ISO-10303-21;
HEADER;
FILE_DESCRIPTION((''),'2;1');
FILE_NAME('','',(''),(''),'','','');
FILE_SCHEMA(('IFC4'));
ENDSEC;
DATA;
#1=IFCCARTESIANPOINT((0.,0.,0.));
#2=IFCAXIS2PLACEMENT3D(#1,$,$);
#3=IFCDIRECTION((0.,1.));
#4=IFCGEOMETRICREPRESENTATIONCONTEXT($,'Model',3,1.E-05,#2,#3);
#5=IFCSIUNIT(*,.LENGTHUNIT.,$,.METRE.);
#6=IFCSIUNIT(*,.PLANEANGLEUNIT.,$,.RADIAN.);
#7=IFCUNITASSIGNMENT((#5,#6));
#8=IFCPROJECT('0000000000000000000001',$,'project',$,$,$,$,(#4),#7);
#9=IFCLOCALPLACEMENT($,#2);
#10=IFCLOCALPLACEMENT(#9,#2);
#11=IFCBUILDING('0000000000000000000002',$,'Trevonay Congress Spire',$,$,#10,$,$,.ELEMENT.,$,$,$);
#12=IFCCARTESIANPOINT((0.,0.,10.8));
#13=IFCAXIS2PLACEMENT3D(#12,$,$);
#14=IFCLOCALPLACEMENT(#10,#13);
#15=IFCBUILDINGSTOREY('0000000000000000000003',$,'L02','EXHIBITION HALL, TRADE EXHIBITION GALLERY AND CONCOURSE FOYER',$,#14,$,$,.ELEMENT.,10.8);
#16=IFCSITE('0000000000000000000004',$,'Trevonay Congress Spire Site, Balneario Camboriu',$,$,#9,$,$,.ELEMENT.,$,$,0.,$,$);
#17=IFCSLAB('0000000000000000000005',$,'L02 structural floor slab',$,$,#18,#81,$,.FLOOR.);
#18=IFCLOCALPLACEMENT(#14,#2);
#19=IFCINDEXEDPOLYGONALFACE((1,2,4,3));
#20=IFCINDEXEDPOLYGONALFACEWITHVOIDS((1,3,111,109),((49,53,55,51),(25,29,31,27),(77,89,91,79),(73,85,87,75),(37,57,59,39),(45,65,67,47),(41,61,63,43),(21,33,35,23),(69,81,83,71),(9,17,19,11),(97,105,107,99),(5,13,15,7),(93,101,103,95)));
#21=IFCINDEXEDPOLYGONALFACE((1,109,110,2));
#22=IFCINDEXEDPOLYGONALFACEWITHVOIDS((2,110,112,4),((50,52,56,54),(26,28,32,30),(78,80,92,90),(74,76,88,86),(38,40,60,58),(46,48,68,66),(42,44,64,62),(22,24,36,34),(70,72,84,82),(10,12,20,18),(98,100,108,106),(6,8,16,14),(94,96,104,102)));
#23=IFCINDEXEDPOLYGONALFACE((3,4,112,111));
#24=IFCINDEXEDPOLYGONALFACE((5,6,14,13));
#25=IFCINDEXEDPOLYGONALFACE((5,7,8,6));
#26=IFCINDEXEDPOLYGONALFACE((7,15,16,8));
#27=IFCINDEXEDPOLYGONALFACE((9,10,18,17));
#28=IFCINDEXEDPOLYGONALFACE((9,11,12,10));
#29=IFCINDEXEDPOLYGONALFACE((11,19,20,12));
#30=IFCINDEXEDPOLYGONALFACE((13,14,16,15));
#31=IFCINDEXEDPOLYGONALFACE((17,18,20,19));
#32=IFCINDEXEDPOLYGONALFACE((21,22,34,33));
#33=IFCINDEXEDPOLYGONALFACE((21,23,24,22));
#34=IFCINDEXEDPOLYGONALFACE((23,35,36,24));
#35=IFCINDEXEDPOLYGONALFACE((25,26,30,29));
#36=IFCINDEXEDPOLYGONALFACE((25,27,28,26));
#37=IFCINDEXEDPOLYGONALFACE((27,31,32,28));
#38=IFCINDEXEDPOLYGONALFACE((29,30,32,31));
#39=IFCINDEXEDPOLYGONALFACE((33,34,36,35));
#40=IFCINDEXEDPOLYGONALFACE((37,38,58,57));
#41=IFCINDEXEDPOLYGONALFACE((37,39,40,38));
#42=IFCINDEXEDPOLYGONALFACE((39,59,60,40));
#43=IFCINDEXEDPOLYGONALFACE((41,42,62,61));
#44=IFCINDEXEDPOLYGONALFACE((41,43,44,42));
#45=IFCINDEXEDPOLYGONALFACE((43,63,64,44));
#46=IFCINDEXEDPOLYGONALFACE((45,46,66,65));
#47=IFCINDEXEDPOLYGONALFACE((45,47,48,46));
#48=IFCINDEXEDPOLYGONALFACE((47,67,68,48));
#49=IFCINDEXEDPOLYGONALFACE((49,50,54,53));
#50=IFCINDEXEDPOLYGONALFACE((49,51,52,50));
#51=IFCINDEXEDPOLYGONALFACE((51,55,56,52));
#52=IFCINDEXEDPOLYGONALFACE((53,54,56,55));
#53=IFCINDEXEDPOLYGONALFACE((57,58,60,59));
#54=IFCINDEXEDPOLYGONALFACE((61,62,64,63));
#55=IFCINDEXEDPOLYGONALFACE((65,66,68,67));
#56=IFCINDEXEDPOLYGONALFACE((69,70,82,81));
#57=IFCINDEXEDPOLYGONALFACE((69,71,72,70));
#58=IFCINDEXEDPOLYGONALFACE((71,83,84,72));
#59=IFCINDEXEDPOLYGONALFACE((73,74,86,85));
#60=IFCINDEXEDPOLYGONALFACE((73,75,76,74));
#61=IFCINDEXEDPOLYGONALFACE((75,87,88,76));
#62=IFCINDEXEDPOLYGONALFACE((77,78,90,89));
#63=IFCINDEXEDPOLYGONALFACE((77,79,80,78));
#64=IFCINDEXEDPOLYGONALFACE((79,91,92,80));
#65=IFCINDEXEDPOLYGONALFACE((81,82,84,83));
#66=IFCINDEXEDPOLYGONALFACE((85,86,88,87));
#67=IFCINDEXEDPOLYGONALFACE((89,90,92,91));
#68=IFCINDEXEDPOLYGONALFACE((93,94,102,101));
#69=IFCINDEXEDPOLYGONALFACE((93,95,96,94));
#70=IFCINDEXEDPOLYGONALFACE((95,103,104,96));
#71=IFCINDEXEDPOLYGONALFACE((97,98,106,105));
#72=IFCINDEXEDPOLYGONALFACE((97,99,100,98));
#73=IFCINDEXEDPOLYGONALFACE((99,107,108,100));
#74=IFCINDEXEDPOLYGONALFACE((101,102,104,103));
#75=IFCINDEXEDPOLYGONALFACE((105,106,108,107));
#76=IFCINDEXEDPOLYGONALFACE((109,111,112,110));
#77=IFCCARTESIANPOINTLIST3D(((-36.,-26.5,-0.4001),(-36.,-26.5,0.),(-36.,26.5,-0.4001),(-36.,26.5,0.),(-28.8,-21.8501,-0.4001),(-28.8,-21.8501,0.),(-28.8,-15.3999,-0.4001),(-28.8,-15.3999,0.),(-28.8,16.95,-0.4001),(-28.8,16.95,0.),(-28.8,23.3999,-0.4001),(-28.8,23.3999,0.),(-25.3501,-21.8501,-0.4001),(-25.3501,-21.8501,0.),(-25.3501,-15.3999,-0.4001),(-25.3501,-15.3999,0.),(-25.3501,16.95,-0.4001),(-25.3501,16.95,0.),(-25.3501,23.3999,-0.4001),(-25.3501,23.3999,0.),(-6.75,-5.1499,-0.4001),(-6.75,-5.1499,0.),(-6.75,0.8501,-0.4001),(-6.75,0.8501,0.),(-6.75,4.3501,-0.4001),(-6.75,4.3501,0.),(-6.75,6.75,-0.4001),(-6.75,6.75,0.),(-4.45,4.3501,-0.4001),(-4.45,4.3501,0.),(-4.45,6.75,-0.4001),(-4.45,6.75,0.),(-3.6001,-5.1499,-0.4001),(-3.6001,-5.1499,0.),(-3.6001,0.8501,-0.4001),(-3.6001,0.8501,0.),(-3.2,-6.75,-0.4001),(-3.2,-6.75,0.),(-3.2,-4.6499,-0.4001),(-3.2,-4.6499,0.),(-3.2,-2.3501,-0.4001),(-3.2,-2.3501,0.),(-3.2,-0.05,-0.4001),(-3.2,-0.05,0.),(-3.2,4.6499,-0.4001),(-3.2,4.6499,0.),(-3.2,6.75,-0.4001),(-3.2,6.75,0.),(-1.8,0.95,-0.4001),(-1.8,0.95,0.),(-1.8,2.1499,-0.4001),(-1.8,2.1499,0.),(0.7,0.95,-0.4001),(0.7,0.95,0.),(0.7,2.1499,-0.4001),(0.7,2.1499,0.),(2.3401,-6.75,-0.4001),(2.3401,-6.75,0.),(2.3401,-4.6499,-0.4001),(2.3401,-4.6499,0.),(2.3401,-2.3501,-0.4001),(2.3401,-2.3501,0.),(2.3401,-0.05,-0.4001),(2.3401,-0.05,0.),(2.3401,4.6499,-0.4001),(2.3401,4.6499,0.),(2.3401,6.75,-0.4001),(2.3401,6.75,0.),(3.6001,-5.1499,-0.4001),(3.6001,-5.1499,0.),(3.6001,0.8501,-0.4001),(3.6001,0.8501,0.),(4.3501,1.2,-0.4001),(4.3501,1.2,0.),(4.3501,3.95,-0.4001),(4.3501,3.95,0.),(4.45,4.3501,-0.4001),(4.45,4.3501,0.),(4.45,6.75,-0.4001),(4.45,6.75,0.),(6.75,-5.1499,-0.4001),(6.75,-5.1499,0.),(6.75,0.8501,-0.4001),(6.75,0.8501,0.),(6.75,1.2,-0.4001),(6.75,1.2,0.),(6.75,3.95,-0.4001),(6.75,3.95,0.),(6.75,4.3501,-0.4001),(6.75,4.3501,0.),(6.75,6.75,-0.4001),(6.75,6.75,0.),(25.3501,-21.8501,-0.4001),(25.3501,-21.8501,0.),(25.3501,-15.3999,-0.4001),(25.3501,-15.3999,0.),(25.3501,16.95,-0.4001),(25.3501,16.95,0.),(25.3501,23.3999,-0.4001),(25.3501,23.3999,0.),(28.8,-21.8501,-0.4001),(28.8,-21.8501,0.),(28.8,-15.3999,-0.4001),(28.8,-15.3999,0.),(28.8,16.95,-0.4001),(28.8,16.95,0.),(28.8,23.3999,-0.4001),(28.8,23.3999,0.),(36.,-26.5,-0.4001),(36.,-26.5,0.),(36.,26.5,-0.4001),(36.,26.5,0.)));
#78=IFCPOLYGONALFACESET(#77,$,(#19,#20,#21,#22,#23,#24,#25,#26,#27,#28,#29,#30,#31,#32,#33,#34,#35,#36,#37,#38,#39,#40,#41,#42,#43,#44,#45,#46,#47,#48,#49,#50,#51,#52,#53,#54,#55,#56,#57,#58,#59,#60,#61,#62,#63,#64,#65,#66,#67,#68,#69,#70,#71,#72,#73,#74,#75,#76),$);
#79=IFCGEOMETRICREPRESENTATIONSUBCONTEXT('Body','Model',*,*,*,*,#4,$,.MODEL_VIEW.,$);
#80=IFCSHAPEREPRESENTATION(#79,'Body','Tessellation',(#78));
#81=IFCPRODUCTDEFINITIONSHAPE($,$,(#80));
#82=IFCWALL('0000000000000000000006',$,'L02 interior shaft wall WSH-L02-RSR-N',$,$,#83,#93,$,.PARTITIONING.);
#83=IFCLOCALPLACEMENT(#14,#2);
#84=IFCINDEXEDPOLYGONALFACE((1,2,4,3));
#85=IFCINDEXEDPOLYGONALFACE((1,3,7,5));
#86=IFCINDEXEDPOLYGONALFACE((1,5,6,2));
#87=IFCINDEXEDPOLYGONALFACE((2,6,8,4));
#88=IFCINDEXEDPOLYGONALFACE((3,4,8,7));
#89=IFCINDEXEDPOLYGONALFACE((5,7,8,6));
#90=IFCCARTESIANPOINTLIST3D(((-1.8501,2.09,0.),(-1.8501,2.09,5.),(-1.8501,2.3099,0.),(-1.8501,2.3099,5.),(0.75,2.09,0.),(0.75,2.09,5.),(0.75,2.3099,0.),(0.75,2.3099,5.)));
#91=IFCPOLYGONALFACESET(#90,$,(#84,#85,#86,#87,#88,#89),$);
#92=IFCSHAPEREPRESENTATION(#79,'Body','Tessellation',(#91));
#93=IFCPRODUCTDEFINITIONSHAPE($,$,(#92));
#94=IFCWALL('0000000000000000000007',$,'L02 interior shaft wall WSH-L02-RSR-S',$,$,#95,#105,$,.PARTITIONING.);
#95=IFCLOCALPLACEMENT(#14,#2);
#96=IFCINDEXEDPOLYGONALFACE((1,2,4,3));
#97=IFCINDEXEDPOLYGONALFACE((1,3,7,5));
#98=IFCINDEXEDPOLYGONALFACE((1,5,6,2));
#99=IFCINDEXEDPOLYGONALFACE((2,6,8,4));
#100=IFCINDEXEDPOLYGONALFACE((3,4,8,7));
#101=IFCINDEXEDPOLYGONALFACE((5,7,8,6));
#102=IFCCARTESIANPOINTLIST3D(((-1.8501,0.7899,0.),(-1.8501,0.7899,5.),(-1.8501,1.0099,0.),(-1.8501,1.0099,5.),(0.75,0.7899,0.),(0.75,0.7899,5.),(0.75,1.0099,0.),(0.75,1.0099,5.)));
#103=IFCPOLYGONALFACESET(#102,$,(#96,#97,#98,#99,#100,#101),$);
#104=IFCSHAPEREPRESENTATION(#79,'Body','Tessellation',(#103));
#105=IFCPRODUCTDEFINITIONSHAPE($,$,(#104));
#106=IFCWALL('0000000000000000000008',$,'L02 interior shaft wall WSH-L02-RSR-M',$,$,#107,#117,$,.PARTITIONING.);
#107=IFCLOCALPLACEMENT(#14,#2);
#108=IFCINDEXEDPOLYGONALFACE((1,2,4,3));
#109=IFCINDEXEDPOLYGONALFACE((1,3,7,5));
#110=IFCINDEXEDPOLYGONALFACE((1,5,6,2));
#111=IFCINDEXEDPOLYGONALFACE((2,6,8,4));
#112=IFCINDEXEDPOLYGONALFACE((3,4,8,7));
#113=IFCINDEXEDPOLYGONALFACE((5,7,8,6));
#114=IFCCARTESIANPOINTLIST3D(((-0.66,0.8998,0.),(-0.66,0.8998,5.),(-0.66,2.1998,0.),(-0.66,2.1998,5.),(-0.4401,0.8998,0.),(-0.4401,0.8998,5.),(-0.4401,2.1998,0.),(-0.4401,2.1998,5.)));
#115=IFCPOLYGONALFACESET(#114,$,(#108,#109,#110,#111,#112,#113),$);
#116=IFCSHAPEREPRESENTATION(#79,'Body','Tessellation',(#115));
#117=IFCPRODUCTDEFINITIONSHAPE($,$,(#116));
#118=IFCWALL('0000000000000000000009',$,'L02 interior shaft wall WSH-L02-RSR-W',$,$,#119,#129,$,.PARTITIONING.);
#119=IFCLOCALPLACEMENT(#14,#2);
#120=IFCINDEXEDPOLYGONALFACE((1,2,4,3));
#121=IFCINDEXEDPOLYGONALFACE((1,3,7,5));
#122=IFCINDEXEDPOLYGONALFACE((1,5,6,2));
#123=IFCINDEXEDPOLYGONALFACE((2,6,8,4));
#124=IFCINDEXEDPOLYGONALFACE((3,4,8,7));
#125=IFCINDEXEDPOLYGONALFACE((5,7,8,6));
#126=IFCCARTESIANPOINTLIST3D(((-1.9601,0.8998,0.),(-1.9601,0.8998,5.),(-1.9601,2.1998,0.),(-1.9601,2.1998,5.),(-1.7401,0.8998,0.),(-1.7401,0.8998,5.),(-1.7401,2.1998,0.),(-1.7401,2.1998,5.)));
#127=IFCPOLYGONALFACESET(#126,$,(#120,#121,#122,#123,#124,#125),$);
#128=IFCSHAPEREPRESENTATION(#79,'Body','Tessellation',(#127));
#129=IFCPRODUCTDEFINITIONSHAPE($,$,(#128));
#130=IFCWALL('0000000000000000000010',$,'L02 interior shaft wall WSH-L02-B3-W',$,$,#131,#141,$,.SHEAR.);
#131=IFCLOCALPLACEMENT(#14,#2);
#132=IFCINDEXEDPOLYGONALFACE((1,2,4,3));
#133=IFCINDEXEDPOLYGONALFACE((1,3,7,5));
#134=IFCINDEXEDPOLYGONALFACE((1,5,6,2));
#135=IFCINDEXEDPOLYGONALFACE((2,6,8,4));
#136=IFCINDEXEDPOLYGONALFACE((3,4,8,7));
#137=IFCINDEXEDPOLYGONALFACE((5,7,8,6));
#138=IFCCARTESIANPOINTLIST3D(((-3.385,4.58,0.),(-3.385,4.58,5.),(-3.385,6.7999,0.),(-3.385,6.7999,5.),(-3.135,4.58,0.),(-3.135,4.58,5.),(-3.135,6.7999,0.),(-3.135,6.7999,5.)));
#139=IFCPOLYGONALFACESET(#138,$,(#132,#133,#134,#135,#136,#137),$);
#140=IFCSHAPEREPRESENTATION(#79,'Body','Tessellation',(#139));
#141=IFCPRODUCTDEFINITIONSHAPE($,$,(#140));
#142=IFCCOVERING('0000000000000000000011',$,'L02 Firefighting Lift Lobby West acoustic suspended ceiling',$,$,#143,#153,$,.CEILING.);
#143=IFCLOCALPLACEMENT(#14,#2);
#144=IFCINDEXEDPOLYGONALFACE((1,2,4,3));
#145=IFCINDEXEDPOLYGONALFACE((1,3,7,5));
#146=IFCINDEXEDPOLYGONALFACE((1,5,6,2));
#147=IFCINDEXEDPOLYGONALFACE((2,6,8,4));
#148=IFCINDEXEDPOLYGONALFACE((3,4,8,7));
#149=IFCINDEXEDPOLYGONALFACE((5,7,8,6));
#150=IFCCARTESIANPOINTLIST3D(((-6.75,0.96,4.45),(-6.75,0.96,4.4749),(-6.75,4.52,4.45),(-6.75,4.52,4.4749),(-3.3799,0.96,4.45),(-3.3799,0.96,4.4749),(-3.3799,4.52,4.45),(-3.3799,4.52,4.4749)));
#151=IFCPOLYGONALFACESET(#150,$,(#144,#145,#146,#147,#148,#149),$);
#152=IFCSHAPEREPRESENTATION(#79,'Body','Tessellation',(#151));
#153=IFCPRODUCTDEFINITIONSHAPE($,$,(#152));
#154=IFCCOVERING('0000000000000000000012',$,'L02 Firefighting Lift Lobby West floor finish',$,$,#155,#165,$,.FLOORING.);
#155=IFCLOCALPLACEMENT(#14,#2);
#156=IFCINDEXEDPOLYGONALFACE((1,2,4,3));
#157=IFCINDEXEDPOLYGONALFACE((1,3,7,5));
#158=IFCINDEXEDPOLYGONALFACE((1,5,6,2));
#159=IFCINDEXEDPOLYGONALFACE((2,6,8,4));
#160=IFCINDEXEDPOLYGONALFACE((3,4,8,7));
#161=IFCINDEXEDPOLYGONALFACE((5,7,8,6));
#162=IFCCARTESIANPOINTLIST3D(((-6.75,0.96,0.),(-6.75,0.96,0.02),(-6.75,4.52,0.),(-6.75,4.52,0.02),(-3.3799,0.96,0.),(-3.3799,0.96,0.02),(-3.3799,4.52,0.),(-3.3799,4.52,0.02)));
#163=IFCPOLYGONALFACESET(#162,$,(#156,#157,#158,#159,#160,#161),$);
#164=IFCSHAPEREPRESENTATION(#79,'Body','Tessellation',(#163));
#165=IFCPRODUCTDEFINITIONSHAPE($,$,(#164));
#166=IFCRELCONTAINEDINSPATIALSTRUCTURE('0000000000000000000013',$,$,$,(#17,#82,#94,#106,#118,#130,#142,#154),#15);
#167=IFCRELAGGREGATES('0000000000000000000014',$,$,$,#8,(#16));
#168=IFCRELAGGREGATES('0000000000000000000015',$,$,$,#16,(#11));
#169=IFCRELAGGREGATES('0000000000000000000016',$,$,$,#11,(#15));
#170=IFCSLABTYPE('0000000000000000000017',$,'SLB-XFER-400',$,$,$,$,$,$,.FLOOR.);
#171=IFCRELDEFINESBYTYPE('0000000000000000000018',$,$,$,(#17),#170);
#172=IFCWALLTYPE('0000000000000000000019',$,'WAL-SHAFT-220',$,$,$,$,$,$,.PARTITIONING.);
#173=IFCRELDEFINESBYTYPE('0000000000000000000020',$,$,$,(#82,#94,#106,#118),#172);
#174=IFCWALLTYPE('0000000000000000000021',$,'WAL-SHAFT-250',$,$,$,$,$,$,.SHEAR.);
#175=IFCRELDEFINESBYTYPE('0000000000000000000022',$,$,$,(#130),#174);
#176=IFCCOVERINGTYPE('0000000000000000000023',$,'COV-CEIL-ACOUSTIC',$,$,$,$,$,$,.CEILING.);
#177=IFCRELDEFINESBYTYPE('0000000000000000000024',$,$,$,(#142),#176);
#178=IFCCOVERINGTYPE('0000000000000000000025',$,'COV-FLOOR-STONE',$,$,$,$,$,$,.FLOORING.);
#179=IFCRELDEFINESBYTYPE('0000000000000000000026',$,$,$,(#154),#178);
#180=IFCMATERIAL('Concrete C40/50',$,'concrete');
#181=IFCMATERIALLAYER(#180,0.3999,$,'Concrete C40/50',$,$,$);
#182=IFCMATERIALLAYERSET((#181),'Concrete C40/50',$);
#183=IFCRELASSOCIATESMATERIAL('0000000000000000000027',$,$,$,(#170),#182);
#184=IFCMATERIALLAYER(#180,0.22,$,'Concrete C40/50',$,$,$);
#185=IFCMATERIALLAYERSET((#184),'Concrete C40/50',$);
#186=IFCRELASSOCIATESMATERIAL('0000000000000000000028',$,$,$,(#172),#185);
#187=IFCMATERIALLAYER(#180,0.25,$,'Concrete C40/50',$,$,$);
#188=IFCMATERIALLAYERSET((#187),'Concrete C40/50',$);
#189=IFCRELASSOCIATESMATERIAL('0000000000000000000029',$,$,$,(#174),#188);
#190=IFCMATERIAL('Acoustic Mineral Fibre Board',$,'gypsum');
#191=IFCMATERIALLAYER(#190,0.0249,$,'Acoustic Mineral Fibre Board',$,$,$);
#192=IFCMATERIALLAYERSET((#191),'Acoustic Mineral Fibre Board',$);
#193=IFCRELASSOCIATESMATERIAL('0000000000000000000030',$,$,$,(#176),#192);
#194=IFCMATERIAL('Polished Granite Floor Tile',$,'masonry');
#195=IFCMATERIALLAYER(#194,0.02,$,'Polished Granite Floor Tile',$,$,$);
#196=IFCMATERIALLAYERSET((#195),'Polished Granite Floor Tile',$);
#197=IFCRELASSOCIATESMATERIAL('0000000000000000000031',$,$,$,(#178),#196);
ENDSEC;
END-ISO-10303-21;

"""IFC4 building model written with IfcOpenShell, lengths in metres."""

from ifc_helpers import new_model, si_unit, direction, frame, frame_2d, origin, place, context, subcontext, project, spatial, polyline, rectangle, outline, extrude, material, layer, layer_set, type_object, element, save


model = new_model("IFC4")

# Units and contexts
model_context = context("Model", 3, precision=1e-05, world=origin(), true_north=direction((0.0, 1.0)))
body_context = subcontext(model_context, "Body", "Model", "MODEL_VIEW")
ifc_project = project(units=[si_unit("LENGTHUNIT", "METRE"), si_unit("PLANEANGLEUNIT", "RADIAN")], contexts=[model_context])

# Site, building, storey
site_placement = place(None, origin())
site = spatial("IfcSite", under=ifc_project, at=site_placement, Name="Trevonay Congress Spire Site, Balneario Camboriu", CompositionType="ELEMENT", RefElevation=0.0)
building_placement = place(site_placement, origin())
building = spatial("IfcBuilding", under=site, at=building_placement, Name="Trevonay Congress Spire", CompositionType="ELEMENT")
storey_placement = place(building_placement, frame((0.0, 0.0, 10.8)))
storey = spatial("IfcBuildingStorey", under=building, at=storey_placement, Name="L02", Description="EXHIBITION HALL, TRADE EXHIBITION GALLERY AND CONCOURSE FOYER", CompositionType="ELEMENT", Elevation=10.8)

# Shared definitions
ifc_material_1 = material(Name="Concrete C40/50", Category="concrete")

# Slab
ifc_layer_1 = layer(ifc_material_1, 0.3999, Name="Concrete C40/50")
ifc_layer_set_1 = layer_set([ifc_layer_1], Name="Concrete C40/50")
slab_type_1 = type_object("IfcSlabType", Name="SLB-XFER-400", PredefinedType="FLOOR", material=ifc_layer_set_1)
slab_1_placement = place(storey_placement, frame((0.0, 0.0, -0.4001)))
element("IfcSlab", 1, at=slab_1_placement, inside=storey, type_object=slab_type_1, Name="L02 structural floor slab", PredefinedType="FLOOR", context=body_context, shape_type="SweptSolid", body=[
    extrude(outline(polyline([(-36.0, -26.5), (36.0, -26.5), (36.0, 26.5), (-36.0, 26.5), (-36.0, -26.5)]), holes=[polyline([(-3.6001, -5.1499), (-3.6001, 0.8501), (-6.75, 0.8501), (-6.75, -5.1499), (-3.6001, -5.1499)]), polyline([(6.75, -5.1499), (6.75, 0.8501), (3.6001, 0.8501), (3.6001, -5.1499), (6.75, -5.1499)]), polyline([(-25.3501, -21.8501), (-25.3501, -15.3999), (-28.8, -15.3999), (-28.8, -21.8501), (-25.3501, -21.8501)]), polyline([(28.8, -21.8501), (28.8, -15.3999), (25.3501, -15.3999), (25.3501, -21.8501), (28.8, -21.8501)]), polyline([(-25.3501, 16.95), (-25.3501, 23.3999), (-28.8, 23.3999), (-28.8, 16.95), (-25.3501, 16.95)]), polyline([(28.8, 16.95), (28.8, 23.3999), (25.3501, 23.3999), (25.3501, 16.95), (28.8, 16.95)]), polyline([(-3.2, -6.75), (2.3401, -6.75), (2.3401, -4.6499), (-3.2, -4.6499), (-3.2, -6.75)]), polyline([(-3.2, -2.3501), (2.3401, -2.3501), (2.3401, -0.05), (-3.2, -0.05), (-3.2, -2.3501)]), polyline([(-3.2, 4.6499), (2.3401, 4.6499), (2.3401, 6.75), (-3.2, 6.75), (-3.2, 4.6499)]), polyline([(-6.75, 4.3501), (-4.45, 4.3501), (-4.45, 6.75), (-6.75, 6.75), (-6.75, 4.3501)]), polyline([(4.45, 4.3501), (6.75, 4.3501), (6.75, 6.75), (4.45, 6.75), (4.45, 4.3501)]), polyline([(4.3501, 1.2), (6.75, 1.2), (6.75, 3.95), (4.3501, 3.95), (4.3501, 1.2)]), polyline([(-1.8, 0.95), (0.7, 0.95), (0.7, 2.1499), (-1.8, 2.1499), (-1.8, 0.95)])]), origin(), (0.0, 0.0, 1.0), 0.4001),
])

# Walls
ifc_layer_2 = layer(ifc_material_1, 0.22, Name="Concrete C40/50")
ifc_layer_set_2 = layer_set([ifc_layer_2], Name="Concrete C40/50")
wall_type_1 = type_object("IfcWallType", Name="WAL-SHAFT-220", PredefinedType="PARTITIONING", material=ifc_layer_set_2)
for number, where, z_axis, x_axis, name in (
    (2, (-1.8501, 2.2, 0.0), (0.0, 0.0, 1.0), (1.0, 0.0, 0.0), "L02 interior shaft wall WSH-L02-RSR-N"),
    (3, (-1.8501, 0.8999, 0.0), (0.0, 0.0, 1.0), (1.0, 0.0, 0.0), "L02 interior shaft wall WSH-L02-RSR-S"),
):
    element("IfcWall", number, at=place(storey_placement, frame(where, z_axis=z_axis, x_axis=x_axis)), inside=storey, type_object=wall_type_1, Name=name, PredefinedType="PARTITIONING", context=body_context, shape_type="SweptSolid", body=[
        extrude(rectangle(XDim=2.6001, YDim=0.22, at=frame_2d((1.3, 0.0))), origin(), (0.0, 0.0, 1.0), 5.0),
    ])
for number, where, z_axis, x_axis, name in (
    (4, (-0.55, 0.8999, 0.0), (0.0, 0.0, 1.0), (0.0, 1.0, 0.0), "L02 interior shaft wall WSH-L02-RSR-M"),
    (5, (-1.8501, 0.8999, 0.0), (0.0, 0.0, 1.0), (0.0, 1.0, 0.0), "L02 interior shaft wall WSH-L02-RSR-W"),
):
    element("IfcWall", number, at=place(storey_placement, frame(where, z_axis=z_axis, x_axis=x_axis)), inside=storey, type_object=wall_type_1, Name=name, PredefinedType="PARTITIONING", context=body_context, shape_type="SweptSolid", body=[
        extrude(rectangle(XDim=1.3, YDim=0.22, at=frame_2d((0.6499, 0.0))), origin(), (0.0, 0.0, 1.0), 5.0),
    ])
ifc_layer_3 = layer(ifc_material_1, 0.25, Name="Concrete C40/50")
ifc_layer_set_3 = layer_set([ifc_layer_3], Name="Concrete C40/50")
wall_type_2 = type_object("IfcWallType", Name="WAL-SHAFT-250", PredefinedType="SHEAR", material=ifc_layer_set_3)
wall_placement = place(storey_placement, frame((-3.26, 4.5801, 0.0), z_axis=(0.0, 0.0, 1.0), x_axis=(0.0, 1.0, 0.0)))
element("IfcWall", 6, at=wall_placement, inside=storey, type_object=wall_type_2, Name="L02 interior shaft wall WSH-L02-B3-W", PredefinedType="SHEAR", context=body_context, shape_type="SweptSolid", body=[
    extrude(rectangle(XDim=2.22, YDim=0.25, at=frame_2d((1.1099, 0.0))), origin(), (0.0, 0.0, 1.0), 5.0),
])

# Coverings
ifc_material_2 = material(Name="Acoustic Mineral Fibre Board", Category="gypsum")
ifc_layer_4 = layer(ifc_material_2, 0.0249, Name="Acoustic Mineral Fibre Board")
ifc_layer_set_4 = layer_set([ifc_layer_4], Name="Acoustic Mineral Fibre Board")
covering_type_1 = type_object("IfcCoveringType", Name="COV-CEIL-ACOUSTIC", PredefinedType="CEILING", material=ifc_layer_set_4)
covering_1_placement = place(storey_placement, frame((0.0, 0.0, 4.45)))
element("IfcCovering", 7, at=covering_1_placement, inside=storey, type_object=covering_type_1, Name="L02 Firefighting Lift Lobby West acoustic suspended ceiling", PredefinedType="CEILING", context=body_context, shape_type="SweptSolid", body=[
    extrude(outline(polyline([(-6.75, 0.96), (-3.3799, 0.96), (-3.3799, 4.52), (-6.75, 4.52), (-6.75, 0.96)])), origin(), (0.0, 0.0, 1.0), 0.0249),
])
ifc_material_3 = material(Name="Polished Granite Floor Tile", Category="masonry")
ifc_layer_5 = layer(ifc_material_3, 0.02, Name="Polished Granite Floor Tile")
ifc_layer_set_5 = layer_set([ifc_layer_5], Name="Polished Granite Floor Tile")
covering_type_2 = type_object("IfcCoveringType", Name="COV-FLOOR-STONE", PredefinedType="FLOORING", material=ifc_layer_set_5)
covering_2_placement = place(storey_placement, origin())
element("IfcCovering", 8, at=covering_2_placement, inside=storey, type_object=covering_type_2, Name="L02 Firefighting Lift Lobby West floor finish", PredefinedType="FLOORING", context=body_context, shape_type="SweptSolid", body=[
    extrude(outline(polyline([(-6.75, 0.96), (-3.3799, 0.96), (-3.3799, 4.52), (-6.75, 4.52), (-6.75, 0.96)])), origin(), (0.0, 0.0, 1.0), 0.02),
])

save(model, "model.ifc")
